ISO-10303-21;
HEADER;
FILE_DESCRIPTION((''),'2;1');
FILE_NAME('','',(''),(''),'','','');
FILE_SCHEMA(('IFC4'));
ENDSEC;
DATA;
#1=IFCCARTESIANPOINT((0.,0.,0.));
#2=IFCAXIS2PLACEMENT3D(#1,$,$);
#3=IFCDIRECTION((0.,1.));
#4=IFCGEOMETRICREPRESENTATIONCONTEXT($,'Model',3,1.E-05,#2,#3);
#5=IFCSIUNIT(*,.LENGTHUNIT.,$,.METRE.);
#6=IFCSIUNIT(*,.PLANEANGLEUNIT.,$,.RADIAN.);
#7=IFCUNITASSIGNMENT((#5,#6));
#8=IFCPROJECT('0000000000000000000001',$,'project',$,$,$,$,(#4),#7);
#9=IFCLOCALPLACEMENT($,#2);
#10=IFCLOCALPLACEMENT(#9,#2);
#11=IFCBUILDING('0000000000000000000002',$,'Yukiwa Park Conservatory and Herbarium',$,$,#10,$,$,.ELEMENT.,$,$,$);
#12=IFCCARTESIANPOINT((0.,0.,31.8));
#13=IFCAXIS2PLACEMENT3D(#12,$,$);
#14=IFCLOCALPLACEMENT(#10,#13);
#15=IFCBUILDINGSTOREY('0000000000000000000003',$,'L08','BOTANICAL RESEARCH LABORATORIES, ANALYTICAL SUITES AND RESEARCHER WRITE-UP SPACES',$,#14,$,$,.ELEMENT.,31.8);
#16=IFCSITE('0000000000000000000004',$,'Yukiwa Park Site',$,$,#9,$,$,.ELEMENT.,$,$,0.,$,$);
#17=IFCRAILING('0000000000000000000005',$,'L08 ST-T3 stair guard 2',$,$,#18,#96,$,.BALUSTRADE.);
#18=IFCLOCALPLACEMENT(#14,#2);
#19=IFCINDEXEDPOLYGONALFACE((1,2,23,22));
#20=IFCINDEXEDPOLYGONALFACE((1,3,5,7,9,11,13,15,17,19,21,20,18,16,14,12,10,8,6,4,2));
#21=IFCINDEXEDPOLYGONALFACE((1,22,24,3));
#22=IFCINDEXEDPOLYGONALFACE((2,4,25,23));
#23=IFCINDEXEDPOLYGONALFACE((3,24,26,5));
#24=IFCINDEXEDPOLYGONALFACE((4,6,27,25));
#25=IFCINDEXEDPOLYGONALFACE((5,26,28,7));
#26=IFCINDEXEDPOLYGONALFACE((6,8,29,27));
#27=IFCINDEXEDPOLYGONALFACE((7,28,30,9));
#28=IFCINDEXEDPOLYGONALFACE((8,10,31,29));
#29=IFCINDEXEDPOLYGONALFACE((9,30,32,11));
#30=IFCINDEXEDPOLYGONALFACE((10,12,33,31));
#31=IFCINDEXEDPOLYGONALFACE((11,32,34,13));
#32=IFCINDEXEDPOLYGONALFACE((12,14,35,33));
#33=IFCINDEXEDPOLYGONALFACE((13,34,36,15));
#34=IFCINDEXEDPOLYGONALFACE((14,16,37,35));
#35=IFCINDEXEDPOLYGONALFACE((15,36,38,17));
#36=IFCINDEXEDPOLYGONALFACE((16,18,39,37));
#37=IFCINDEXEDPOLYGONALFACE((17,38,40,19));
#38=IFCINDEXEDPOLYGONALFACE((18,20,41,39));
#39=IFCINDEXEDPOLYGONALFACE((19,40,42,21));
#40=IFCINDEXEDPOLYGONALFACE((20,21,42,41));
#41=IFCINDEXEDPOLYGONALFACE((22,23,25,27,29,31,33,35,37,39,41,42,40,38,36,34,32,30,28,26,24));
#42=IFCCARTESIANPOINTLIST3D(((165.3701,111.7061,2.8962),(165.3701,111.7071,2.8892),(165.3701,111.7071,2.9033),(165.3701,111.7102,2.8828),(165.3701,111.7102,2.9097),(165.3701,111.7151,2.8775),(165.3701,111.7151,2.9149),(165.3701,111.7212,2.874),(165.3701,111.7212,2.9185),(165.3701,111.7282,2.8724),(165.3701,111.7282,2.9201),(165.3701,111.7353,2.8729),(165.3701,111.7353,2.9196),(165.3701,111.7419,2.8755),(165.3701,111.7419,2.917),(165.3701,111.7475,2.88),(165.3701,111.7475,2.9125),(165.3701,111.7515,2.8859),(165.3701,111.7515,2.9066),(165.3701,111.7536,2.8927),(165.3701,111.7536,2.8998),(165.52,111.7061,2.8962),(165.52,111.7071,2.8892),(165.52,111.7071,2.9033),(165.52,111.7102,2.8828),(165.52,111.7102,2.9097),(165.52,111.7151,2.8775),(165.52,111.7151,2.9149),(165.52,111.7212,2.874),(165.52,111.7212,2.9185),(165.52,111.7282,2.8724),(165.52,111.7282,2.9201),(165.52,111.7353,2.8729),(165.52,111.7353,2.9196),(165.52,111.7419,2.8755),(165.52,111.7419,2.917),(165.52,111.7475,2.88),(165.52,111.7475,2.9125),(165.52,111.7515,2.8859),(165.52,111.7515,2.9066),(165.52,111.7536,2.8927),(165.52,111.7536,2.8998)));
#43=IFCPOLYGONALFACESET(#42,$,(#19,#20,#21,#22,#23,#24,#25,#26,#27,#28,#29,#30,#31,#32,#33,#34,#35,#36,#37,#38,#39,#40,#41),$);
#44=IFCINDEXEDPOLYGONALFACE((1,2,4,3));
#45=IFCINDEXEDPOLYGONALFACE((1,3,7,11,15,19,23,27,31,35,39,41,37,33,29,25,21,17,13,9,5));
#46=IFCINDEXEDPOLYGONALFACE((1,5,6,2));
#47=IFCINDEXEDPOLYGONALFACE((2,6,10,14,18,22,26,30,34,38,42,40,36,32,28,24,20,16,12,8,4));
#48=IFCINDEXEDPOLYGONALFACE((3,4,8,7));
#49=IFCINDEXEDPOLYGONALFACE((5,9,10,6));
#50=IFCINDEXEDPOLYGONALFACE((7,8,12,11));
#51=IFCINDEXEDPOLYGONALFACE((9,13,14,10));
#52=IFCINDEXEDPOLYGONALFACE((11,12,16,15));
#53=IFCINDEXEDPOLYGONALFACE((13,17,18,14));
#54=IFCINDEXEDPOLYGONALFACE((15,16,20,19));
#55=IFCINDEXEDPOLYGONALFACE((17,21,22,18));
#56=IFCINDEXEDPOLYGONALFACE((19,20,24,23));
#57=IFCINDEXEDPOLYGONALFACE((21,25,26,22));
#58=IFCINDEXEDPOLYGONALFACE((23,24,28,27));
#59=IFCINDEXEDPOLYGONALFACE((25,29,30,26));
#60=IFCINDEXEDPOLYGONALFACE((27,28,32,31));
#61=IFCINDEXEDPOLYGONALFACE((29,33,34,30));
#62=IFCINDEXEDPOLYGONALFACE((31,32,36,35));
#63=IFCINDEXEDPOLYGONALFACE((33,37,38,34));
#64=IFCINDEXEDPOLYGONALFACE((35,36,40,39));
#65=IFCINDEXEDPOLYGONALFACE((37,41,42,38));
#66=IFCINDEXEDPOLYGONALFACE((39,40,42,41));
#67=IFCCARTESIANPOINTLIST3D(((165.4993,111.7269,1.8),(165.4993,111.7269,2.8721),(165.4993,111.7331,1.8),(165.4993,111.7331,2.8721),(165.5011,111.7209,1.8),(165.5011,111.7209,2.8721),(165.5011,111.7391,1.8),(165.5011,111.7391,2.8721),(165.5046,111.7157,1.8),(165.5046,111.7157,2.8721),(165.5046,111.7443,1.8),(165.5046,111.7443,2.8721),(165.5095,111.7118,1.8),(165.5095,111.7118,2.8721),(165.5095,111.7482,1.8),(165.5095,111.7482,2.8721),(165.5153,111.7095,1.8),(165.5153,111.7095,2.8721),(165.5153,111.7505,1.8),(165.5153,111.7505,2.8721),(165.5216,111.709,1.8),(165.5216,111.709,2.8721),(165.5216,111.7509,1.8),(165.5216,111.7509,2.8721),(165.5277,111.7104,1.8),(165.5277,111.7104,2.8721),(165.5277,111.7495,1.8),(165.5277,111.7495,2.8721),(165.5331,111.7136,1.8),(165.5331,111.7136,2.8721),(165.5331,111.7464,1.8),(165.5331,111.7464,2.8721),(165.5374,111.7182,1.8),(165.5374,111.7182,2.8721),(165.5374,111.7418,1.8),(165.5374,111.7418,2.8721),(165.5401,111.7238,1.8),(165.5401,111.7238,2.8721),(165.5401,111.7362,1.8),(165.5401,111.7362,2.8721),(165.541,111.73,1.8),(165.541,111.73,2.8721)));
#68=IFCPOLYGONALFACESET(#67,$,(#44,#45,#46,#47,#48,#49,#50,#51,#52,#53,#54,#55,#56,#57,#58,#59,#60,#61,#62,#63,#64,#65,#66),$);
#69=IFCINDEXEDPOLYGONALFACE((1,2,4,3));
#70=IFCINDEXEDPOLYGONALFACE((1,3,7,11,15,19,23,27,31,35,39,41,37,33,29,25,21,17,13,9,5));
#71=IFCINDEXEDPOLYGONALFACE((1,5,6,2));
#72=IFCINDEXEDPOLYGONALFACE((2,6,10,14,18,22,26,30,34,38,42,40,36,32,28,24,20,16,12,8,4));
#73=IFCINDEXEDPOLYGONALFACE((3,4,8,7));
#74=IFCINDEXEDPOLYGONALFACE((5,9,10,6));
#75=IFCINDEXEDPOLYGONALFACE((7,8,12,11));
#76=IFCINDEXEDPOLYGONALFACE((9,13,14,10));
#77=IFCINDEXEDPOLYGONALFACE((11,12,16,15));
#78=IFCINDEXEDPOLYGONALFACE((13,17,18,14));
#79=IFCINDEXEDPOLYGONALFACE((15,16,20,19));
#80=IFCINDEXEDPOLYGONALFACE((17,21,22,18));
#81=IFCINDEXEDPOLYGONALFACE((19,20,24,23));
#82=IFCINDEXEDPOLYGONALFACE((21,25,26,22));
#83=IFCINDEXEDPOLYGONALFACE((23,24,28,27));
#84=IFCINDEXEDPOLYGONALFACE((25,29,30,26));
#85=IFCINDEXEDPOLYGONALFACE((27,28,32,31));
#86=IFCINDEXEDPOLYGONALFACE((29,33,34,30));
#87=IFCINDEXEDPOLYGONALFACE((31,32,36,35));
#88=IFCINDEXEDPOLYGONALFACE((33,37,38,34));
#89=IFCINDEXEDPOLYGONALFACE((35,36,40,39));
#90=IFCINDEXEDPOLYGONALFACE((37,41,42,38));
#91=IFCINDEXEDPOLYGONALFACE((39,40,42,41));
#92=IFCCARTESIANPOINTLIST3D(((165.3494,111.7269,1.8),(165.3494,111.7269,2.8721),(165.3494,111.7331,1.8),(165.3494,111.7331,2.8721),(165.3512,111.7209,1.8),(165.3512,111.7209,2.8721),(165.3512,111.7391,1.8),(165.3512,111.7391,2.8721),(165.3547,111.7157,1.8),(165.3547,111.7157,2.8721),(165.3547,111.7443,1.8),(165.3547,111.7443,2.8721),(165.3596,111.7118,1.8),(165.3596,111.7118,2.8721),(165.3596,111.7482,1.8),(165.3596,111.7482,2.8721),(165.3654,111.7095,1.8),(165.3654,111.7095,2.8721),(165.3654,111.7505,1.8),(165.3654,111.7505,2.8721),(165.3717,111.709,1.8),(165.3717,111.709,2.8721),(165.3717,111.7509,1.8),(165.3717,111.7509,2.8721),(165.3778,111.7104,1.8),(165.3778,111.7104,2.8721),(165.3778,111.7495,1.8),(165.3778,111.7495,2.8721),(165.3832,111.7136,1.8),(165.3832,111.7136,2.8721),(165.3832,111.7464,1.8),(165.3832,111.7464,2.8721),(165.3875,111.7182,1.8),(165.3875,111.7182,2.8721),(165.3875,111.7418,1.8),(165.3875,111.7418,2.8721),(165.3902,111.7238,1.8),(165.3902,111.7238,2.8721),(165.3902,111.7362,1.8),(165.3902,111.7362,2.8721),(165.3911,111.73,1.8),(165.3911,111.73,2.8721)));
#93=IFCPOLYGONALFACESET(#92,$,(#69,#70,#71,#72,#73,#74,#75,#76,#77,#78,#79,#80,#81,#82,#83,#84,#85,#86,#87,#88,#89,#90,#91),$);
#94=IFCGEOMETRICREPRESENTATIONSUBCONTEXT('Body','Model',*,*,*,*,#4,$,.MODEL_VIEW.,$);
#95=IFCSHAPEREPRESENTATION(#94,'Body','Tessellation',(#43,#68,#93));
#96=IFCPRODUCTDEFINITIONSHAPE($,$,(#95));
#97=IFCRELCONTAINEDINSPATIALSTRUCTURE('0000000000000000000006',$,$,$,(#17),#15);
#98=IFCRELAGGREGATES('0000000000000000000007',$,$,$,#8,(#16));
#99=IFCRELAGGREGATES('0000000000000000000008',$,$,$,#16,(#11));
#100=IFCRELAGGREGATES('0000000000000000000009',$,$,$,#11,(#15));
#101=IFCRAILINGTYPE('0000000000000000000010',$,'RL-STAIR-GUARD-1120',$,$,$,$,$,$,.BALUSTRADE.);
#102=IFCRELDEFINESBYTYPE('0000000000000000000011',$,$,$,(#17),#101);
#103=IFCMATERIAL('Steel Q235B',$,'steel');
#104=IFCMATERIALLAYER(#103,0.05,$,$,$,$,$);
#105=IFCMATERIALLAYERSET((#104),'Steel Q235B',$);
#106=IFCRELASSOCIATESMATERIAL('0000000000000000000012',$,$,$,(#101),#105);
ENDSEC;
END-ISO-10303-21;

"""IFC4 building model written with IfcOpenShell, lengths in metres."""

from ifc_helpers import new_model, si_unit, direction, frame, origin, origin_2d, place, context, subcontext, project, spatial, circle, extrude, material, layer, layer_set, type_object, element, save


model = new_model("IFC4")

# Units and contexts
model_context = context("Model", 3, precision=1e-05, world=origin(), true_north=direction((0.0, 1.0)))
body_context = subcontext(model_context, "Body", "Model", "MODEL_VIEW")
ifc_project = project(units=[si_unit("LENGTHUNIT", "METRE"), si_unit("PLANEANGLEUNIT", "RADIAN")], contexts=[model_context])

# Site, building, storey
site_placement = place(None, origin())
site = spatial("IfcSite", under=ifc_project, at=site_placement, Name="Yukiwa Park Site", CompositionType="ELEMENT", RefElevation=0.0)
building_placement = place(site_placement, origin())
building = spatial("IfcBuilding", under=site, at=building_placement, Name="Yukiwa Park Conservatory and Herbarium", CompositionType="ELEMENT")
storey_placement = place(building_placement, frame((0.0, 0.0, 31.8)))
storey = spatial("IfcBuildingStorey", under=building, at=storey_placement, Name="L08", Description="BOTANICAL RESEARCH LABORATORIES, ANALYTICAL SUITES AND RESEARCHER WRITE-UP SPACES", CompositionType="ELEMENT", Elevation=31.8)

# Railing
ifc_material_1 = material(Name="Steel Q235B", Category="steel")
ifc_layer_1 = layer(ifc_material_1, 0.05)
ifc_layer_set_1 = layer_set([ifc_layer_1], Name="Steel Q235B")
railing_type_1 = type_object("IfcRailingType", Name="RL-STAIR-GUARD-1120", PredefinedType="BALUSTRADE", material=ifc_layer_set_1)
railing_1_placement = place(storey_placement, frame((165.52, 111.73, 1.8)))
element("IfcRailing", 1, at=railing_1_placement, inside=storey, type_object=railing_type_1, Name="L08 ST-T3 stair guard 2", PredefinedType="BALUSTRADE", context=body_context, shape_type="SweptSolid", body=[
    extrude(circle(Radius=0.0239, at=origin_2d()), frame((0.0, 0.0, 1.0962), z_axis=(-1.0, 0.0, 0.0), x_axis=(0.0, -1.0, 0.0)), (0.0, 0.0, 1.0), 0.1499),
    extrude(circle(Radius=0.021, at=origin_2d()), origin(), (0.0, 0.0, 1.0), 1.072),
    extrude(circle(Radius=0.021, at=origin_2d()), frame((-0.1499, 0.0, 0.0)), (0.0, 0.0, 1.0), 1.072),
])

save(model, "model.ifc")
